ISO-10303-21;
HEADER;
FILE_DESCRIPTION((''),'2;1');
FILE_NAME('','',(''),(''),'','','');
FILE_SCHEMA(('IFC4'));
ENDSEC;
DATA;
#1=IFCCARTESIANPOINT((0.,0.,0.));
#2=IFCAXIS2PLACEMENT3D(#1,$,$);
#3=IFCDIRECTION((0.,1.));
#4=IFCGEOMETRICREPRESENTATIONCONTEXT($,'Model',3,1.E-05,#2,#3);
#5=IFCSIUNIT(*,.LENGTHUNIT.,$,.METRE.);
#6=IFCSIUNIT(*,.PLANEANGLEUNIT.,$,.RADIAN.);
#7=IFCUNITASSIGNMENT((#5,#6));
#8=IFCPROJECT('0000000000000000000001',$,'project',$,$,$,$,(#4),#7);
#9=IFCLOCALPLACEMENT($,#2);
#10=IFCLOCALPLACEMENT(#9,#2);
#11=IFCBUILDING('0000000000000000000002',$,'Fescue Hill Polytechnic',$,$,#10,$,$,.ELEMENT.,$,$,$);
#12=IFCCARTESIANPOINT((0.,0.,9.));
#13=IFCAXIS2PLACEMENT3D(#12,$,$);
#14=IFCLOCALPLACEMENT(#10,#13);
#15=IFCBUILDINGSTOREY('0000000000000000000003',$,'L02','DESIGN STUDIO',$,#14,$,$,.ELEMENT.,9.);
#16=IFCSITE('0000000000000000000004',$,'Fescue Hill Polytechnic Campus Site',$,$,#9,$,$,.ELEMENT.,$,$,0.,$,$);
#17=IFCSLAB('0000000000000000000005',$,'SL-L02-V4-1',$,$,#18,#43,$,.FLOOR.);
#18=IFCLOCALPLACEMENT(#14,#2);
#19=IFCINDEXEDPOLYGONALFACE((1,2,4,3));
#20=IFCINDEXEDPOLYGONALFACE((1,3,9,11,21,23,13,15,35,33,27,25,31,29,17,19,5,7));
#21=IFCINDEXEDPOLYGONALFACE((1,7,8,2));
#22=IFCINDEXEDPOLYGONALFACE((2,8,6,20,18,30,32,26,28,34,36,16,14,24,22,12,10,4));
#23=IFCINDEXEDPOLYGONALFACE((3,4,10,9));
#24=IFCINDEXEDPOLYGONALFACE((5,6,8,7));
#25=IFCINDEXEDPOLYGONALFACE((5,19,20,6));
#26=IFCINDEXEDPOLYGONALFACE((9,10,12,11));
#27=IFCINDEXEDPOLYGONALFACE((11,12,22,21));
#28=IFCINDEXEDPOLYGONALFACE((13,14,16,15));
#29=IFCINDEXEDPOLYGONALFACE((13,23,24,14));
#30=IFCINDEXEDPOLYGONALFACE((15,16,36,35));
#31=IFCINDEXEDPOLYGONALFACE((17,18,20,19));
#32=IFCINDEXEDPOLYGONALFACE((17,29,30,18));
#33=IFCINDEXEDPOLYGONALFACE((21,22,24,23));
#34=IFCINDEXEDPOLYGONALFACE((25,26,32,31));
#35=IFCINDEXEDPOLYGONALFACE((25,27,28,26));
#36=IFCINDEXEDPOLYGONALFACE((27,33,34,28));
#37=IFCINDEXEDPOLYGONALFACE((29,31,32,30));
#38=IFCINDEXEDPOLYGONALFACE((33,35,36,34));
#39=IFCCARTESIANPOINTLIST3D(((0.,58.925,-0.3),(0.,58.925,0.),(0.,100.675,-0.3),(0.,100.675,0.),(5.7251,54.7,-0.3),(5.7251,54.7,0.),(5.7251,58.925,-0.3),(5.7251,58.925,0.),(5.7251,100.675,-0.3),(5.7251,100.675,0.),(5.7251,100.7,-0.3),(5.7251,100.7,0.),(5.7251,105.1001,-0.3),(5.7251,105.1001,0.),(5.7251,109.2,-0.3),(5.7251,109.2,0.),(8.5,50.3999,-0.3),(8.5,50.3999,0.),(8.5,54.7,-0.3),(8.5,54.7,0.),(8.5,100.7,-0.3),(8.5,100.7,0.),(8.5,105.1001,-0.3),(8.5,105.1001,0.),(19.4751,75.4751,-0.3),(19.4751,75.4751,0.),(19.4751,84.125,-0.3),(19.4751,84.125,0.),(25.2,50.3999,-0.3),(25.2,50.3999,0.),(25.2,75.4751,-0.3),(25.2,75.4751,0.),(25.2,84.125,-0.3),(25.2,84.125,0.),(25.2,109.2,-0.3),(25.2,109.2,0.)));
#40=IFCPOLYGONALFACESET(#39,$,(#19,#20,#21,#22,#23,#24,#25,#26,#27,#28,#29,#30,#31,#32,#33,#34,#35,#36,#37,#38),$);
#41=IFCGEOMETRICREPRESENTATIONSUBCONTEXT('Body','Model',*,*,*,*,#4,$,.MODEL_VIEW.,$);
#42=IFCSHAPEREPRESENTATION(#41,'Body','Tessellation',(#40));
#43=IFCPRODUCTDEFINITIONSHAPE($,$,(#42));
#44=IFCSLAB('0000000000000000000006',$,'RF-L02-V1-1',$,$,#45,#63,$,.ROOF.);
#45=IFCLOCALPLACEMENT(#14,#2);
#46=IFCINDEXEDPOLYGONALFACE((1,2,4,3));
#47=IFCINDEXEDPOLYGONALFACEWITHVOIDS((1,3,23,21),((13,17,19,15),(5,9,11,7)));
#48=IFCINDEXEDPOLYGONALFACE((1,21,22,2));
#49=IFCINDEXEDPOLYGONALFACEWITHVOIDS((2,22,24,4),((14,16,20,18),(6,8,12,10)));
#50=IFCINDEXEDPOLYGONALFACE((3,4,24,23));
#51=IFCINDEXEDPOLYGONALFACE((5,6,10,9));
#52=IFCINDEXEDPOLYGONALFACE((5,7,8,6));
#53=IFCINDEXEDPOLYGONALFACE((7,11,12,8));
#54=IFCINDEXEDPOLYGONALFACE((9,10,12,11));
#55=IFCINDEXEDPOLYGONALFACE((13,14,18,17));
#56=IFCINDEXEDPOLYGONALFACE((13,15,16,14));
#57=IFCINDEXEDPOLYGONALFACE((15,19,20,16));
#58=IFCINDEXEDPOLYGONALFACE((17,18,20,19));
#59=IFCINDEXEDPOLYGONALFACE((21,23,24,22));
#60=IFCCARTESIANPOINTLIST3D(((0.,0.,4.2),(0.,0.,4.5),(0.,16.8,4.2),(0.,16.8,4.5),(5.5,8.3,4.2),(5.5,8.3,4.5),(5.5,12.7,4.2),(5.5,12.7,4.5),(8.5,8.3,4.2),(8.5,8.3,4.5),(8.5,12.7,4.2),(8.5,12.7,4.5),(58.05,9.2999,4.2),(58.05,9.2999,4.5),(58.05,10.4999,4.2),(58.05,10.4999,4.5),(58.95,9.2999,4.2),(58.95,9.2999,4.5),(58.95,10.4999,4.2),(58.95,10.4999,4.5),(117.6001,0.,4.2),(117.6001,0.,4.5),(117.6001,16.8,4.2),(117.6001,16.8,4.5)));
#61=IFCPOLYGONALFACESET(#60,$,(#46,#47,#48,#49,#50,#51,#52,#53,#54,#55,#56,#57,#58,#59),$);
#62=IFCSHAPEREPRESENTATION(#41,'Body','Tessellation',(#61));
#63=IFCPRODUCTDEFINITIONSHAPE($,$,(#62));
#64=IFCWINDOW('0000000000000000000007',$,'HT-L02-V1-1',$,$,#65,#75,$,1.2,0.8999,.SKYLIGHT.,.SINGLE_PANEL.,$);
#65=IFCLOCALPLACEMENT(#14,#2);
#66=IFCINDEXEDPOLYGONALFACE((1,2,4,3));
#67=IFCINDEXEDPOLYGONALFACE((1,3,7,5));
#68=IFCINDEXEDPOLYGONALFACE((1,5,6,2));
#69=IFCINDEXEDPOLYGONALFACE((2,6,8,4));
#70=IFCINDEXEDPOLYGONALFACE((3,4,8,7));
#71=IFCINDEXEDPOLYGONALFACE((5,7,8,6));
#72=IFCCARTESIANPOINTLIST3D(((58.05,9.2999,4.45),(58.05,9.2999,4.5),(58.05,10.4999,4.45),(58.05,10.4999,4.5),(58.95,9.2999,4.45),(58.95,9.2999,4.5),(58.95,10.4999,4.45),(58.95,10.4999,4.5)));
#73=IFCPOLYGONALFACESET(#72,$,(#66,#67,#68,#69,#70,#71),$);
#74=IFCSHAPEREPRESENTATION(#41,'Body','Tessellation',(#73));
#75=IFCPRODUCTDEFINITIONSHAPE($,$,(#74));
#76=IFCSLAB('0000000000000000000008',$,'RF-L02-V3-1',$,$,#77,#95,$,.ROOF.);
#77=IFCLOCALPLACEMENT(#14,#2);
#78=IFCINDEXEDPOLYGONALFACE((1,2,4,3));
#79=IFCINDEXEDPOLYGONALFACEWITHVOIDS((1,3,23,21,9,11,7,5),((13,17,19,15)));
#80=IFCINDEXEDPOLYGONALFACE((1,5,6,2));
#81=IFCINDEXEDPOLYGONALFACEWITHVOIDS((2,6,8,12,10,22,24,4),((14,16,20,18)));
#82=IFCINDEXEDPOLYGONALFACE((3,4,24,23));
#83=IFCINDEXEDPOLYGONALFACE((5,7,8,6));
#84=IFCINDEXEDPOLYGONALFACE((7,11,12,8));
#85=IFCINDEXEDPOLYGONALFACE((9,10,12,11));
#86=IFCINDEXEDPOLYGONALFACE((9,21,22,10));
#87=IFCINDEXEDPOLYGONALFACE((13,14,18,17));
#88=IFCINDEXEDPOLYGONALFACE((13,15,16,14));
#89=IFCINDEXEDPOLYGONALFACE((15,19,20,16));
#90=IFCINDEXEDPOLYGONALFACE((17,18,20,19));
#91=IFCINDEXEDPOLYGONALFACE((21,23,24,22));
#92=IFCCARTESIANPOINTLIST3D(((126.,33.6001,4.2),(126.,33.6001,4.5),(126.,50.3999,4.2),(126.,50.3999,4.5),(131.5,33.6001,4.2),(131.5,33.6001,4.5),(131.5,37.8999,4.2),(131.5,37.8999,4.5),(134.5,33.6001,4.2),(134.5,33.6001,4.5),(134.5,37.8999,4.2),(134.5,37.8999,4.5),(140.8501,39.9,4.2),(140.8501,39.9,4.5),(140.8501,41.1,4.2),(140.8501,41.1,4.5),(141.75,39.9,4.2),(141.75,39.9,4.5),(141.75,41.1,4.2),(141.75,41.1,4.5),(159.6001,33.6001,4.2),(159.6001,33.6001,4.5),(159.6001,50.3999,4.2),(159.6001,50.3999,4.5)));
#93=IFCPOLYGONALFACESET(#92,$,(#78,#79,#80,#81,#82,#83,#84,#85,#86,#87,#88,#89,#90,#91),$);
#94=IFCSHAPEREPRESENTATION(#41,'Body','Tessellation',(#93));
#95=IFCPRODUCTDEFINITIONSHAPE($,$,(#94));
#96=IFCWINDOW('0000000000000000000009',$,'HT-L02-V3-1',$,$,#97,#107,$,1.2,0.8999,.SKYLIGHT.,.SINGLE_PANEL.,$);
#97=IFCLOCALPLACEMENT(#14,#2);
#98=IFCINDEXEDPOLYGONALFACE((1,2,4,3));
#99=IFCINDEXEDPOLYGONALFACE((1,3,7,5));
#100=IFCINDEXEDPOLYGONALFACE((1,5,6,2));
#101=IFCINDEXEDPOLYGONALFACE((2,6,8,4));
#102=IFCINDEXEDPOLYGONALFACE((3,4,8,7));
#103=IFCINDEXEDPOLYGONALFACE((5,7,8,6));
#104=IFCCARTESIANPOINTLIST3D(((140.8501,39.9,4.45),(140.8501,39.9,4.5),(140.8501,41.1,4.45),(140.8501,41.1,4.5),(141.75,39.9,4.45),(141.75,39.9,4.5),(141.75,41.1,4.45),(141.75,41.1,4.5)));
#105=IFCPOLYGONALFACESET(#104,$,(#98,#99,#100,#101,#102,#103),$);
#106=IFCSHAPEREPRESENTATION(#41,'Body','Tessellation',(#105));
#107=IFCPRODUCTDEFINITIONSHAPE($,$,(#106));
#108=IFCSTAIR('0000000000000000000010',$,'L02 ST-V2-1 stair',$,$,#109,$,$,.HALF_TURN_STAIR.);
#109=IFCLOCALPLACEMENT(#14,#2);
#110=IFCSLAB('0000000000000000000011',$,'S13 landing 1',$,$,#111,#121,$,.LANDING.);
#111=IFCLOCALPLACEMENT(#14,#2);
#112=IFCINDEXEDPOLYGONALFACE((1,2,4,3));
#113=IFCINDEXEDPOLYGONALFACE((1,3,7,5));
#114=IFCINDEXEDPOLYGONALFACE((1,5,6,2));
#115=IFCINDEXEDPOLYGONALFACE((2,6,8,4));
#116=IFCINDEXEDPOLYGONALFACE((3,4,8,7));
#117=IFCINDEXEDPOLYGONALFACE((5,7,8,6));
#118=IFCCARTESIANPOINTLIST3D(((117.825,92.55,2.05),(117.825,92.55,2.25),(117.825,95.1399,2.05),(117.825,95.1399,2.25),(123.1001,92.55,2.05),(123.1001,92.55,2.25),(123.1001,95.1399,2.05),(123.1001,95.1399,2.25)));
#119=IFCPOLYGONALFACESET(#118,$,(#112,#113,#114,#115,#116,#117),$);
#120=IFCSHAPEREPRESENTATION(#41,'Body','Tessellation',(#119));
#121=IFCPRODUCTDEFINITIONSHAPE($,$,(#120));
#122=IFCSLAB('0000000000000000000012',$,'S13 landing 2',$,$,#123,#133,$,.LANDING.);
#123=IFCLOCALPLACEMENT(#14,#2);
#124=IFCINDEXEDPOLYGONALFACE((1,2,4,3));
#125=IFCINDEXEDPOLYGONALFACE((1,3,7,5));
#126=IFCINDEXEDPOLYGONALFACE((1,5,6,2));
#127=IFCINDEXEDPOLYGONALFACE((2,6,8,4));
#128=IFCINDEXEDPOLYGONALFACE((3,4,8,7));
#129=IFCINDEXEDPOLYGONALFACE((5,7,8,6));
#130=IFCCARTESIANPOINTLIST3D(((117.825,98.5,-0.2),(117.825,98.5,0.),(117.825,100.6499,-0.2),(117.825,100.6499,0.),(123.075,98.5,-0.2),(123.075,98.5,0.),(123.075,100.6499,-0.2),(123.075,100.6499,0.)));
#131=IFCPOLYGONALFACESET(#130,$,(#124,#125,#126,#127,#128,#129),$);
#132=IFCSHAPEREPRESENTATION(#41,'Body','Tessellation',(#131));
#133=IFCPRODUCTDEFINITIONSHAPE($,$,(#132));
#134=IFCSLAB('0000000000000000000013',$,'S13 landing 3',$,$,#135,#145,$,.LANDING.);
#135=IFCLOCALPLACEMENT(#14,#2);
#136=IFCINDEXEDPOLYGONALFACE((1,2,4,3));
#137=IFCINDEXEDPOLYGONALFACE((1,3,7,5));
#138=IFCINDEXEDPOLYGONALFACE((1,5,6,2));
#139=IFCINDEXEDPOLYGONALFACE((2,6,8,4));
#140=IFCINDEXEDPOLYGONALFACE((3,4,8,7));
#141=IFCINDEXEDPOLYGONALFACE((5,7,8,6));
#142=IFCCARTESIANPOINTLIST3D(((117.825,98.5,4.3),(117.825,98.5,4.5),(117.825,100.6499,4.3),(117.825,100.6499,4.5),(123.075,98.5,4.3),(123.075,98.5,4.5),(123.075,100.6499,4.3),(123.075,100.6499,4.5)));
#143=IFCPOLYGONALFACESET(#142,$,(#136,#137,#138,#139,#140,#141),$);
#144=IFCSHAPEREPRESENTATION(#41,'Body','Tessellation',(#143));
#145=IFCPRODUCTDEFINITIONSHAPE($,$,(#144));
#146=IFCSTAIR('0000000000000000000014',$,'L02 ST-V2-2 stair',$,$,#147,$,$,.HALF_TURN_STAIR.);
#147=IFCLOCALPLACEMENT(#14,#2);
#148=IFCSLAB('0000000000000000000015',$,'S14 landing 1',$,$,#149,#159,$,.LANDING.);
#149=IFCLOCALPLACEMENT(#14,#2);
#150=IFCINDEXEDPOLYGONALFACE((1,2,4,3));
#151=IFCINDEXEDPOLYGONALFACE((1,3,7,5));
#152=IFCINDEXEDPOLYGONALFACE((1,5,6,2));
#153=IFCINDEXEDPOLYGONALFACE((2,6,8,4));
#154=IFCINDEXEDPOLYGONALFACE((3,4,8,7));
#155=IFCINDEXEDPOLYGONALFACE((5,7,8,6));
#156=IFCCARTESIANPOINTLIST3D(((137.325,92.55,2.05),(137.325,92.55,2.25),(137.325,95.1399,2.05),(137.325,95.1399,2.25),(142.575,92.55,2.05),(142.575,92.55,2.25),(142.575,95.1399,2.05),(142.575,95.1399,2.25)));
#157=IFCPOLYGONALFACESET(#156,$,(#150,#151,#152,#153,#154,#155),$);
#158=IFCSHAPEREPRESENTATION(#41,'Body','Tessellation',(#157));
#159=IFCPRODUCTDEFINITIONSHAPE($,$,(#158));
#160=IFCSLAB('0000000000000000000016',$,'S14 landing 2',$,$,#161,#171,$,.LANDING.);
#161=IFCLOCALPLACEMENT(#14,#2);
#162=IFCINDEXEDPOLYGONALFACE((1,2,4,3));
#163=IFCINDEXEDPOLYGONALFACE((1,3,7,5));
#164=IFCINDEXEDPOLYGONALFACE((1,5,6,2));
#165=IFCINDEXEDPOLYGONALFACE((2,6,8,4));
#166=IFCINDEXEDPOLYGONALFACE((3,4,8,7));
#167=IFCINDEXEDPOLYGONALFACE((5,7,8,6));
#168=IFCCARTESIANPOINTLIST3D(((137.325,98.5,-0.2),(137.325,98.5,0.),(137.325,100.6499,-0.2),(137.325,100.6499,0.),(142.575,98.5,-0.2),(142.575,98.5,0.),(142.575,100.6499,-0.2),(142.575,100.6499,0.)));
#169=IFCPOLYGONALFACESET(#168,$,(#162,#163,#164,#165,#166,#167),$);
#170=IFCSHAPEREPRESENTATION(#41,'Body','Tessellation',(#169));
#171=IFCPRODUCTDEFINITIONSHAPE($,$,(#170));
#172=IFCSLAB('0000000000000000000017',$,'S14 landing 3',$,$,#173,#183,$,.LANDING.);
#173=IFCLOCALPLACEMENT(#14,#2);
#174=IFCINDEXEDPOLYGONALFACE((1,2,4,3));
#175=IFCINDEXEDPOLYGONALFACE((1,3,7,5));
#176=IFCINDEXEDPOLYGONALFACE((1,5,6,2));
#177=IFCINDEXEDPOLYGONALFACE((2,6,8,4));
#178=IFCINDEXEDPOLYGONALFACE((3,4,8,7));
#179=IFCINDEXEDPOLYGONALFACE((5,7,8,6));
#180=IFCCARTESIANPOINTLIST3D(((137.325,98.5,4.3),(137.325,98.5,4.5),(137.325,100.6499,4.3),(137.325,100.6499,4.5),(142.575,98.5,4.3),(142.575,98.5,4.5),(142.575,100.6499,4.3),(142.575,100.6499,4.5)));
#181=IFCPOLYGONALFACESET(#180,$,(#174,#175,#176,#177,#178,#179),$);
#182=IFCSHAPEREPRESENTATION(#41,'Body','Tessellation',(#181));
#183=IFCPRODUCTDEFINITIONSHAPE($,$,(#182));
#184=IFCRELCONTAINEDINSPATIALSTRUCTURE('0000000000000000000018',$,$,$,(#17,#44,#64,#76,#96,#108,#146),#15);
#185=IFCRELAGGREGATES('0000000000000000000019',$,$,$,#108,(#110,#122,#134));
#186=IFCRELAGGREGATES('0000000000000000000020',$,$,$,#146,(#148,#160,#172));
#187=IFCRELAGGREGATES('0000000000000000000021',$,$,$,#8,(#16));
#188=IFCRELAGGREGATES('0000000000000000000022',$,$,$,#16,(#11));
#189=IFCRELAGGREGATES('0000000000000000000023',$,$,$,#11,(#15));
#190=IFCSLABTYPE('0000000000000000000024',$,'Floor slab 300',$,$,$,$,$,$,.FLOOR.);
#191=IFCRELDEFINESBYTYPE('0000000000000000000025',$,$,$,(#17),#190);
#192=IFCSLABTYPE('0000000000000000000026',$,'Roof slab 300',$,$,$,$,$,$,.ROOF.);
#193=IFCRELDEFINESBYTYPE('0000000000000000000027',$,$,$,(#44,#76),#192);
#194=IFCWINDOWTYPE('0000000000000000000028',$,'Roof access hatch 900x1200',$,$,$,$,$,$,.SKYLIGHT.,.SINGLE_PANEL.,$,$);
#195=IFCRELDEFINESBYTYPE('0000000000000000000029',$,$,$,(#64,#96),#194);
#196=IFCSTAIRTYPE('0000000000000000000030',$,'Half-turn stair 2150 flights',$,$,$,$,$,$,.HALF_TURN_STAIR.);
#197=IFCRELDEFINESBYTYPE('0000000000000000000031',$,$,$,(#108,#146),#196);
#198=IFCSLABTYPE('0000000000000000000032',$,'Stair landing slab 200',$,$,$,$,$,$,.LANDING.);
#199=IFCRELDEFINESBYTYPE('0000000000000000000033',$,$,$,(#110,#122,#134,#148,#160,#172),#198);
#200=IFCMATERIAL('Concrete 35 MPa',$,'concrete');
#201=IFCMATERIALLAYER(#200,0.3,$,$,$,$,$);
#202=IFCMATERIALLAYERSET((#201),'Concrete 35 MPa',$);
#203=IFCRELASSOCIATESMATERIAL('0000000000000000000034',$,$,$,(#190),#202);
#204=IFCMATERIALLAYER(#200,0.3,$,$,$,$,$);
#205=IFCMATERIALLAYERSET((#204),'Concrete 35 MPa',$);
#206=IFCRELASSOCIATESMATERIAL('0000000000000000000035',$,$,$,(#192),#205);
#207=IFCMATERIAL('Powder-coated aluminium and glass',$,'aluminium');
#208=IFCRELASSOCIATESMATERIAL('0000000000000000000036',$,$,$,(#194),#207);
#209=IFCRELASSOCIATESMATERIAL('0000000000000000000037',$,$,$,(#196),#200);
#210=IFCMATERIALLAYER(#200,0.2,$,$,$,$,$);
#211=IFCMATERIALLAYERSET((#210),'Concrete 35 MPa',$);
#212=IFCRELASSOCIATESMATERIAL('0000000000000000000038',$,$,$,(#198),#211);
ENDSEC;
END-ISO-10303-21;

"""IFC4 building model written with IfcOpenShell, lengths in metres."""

from ifc_helpers import new_model, si_unit, direction, frame, origin, origin_2d, place, context, subcontext, project, spatial, polyline, rectangle, outline, extrude, material, layer, layer_set, type_object, element, fill, aggregate, save


model = new_model("IFC4")

# Units and contexts
model_context = context("Model", 3, precision=1e-05, world=origin(), true_north=direction((0.0, 1.0)))
body_context = subcontext(model_context, "Body", "Model", "MODEL_VIEW")
ifc_project = project(units=[si_unit("LENGTHUNIT", "METRE"), si_unit("PLANEANGLEUNIT", "RADIAN")], contexts=[model_context])

# Site, building, storey
site_placement = place(None, origin())
site = spatial("IfcSite", under=ifc_project, at=site_placement, Name="Fescue Hill Polytechnic Campus Site", CompositionType="ELEMENT", RefElevation=0.0)
building_placement = place(site_placement, origin())
building = spatial("IfcBuilding", under=site, at=building_placement, Name="Fescue Hill Polytechnic", CompositionType="ELEMENT")
storey_placement = place(building_placement, frame((0.0, 0.0, 9.0)))
storey = spatial("IfcBuildingStorey", under=building, at=storey_placement, Name="L02", Description="DESIGN STUDIO", CompositionType="ELEMENT", Elevation=9.0)

# Shared definitions
ifc_material_1 = material(Name="Concrete 35 MPa", Category="concrete")

# Slab
ifc_layer_1 = layer(ifc_material_1, 0.3)
ifc_layer_set_1 = layer_set([ifc_layer_1], Name="Concrete 35 MPa")
slab_type_1 = type_object("IfcSlabType", Name="Floor slab 300", PredefinedType="FLOOR", material=ifc_layer_set_1)
slab_1_placement = place(storey_placement, frame((0.0, 0.0, -0.3)))
element("IfcSlab", 1, at=slab_1_placement, inside=storey, type_object=slab_type_1, Name="SL-L02-V4-1", PredefinedType="FLOOR", context=body_context, shape_type="SweptSolid", body=[
    extrude(outline(polyline([(25.2, 50.3999), (8.5, 50.3999), (8.5, 54.7), (5.7251, 54.7), (5.7251, 58.925), (0.0, 58.925), (0.0, 100.675), (5.7251, 100.675), (5.7251, 100.7), (8.5, 100.7), (8.5, 105.1001), (5.7251, 105.1001), (5.7251, 109.2), (25.2, 109.2), (25.2, 84.125), (19.4751, 84.125), (19.4751, 75.4751), (25.2, 75.4751), (25.2, 50.3999)])), origin(), (0.0, 0.0, 1.0), 0.3),
])

# Slabs, openings, windows
ifc_layer_2 = layer(ifc_material_1, 0.3)
ifc_layer_set_2 = layer_set([ifc_layer_2], Name="Concrete 35 MPa")
slab_type_2 = type_object("IfcSlabType", Name="Roof slab 300", PredefinedType="ROOF", material=ifc_layer_set_2)
slab_2_placement = place(storey_placement, frame((0.0, 0.0, 4.2)))
slab_2 = element("IfcSlab", 2, at=slab_2_placement, inside=storey, type_object=slab_type_2, Name="RF-L02-V1-1", PredefinedType="ROOF", context=body_context, shape_type="SweptSolid", body=[
    extrude(outline(polyline([(117.6001, 16.8), (117.6001, 0.0), (0.0, 0.0), (0.0, 16.8), (117.6001, 16.8)]), holes=[polyline([(8.5, 12.7), (5.5, 12.7), (5.5, 8.3), (8.5, 8.3), (8.5, 12.7)])]), origin(), (0.0, 0.0, 1.0), 0.3),
])
opening_1_placement = place(slab_2_placement, frame((58.5, 9.8999, 0.0)))
opening_1 = element("IfcOpeningElement", 3, at=opening_1_placement, cuts=slab_2, PredefinedType="OPENING", context=body_context, shape_type="SweptSolid", body=[
    extrude(rectangle(XDim=0.8999, YDim=1.2, at=origin_2d()), frame((0.0, 0.0, -0.01)), (0.0, 0.0, 1.0), 0.3201),
])
ifc_material_2 = material(Name="Powder-coated aluminium and glass", Category="aluminium")
window_type = type_object("IfcWindowType", Name="Roof access hatch 900x1200", PartitioningType="SINGLE_PANEL", PredefinedType="SKYLIGHT", material=ifc_material_2)
window_1_placement = place(opening_1_placement, frame((0.0, 0.0, 0.25)))
window_1 = element("IfcWindow", 4, at=window_1_placement, inside=storey, type_object=window_type, Name="HT-L02-V1-1", OverallHeight=1.2, OverallWidth=0.8999, PartitioningType="SINGLE_PANEL", PredefinedType="SKYLIGHT", context=body_context, shape_type="SweptSolid", body=[
    extrude(rectangle(XDim=0.8999, YDim=1.2, at=origin_2d()), origin(), (0.0, 0.0, 1.0), 0.05),
])
fill(opening_1, window_1)
slab_3_placement = place(storey_placement, frame((0.0, 0.0, 4.2)))
slab_3 = element("IfcSlab", 5, at=slab_3_placement, inside=storey, type_object=slab_type_2, Name="RF-L02-V3-1", PredefinedType="ROOF", context=body_context, shape_type="SweptSolid", body=[
    extrude(outline(polyline([(159.6001, 50.3999), (159.6001, 33.6001), (134.5, 33.6001), (134.5, 37.8999), (131.5, 37.8999), (131.5, 33.6001), (126.0, 33.6001), (126.0, 50.3999), (159.6001, 50.3999)])), origin(), (0.0, 0.0, 1.0), 0.3),
])
opening_2_placement = place(slab_3_placement, frame((141.3, 40.5, 0.0)))
opening_2 = element("IfcOpeningElement", 6, at=opening_2_placement, cuts=slab_3, PredefinedType="OPENING", context=body_context, shape_type="SweptSolid", body=[
    extrude(rectangle(XDim=0.8999, YDim=1.2, at=origin_2d()), frame((0.0, 0.0, -0.01)), (0.0, 0.0, 1.0), 0.3201),
])
window_2_placement = place(opening_2_placement, frame((0.0, 0.0, 0.25)))
window_2 = element("IfcWindow", 7, at=window_2_placement, inside=storey, type_object=window_type, Name="HT-L02-V3-1", OverallHeight=1.2, OverallWidth=0.8999, PartitioningType="SINGLE_PANEL", PredefinedType="SKYLIGHT", context=body_context, shape_type="SweptSolid", body=[
    extrude(rectangle(XDim=0.8999, YDim=1.2, at=origin_2d()), origin(), (0.0, 0.0, 1.0), 0.05),
])
fill(opening_2, window_2)

# Stairs, slabs
stair_type = type_object("IfcStairType", Name="Half-turn stair 2150 flights", PredefinedType="HALF_TURN_STAIR", material=ifc_material_1)
stair_1_placement = place(storey_placement, origin())
stair_1 = element("IfcStair", 8, at=stair_1_placement, inside=storey, type_object=stair_type, Name="L02 ST-V2-1 stair", PredefinedType="HALF_TURN_STAIR")
ifc_layer_3 = layer(ifc_material_1, 0.2)
ifc_layer_set_3 = layer_set([ifc_layer_3], Name="Concrete 35 MPa")
slab_type_3 = type_object("IfcSlabType", Name="Stair landing slab 200", PredefinedType="LANDING", material=ifc_layer_set_3)
slab_4_placement = place(storey_placement, frame((0.0, 0.0, 2.05)))
slab_4 = element("IfcSlab", 9, at=slab_4_placement, type_object=slab_type_3, Name="S13 landing 1", PredefinedType="LANDING", context=body_context, shape_type="SweptSolid", body=[
    extrude(outline(polyline([(117.825, 92.55), (123.1001, 92.55), (123.1001, 95.1399), (117.825, 95.1399), (117.825, 92.55)])), origin(), (0.0, 0.0, 1.0), 0.2),
])
slab_5_placement = place(storey_placement, frame((0.0, 0.0, -0.2)))
slab_5 = element("IfcSlab", 10, at=slab_5_placement, type_object=slab_type_3, Name="S13 landing 2", PredefinedType="LANDING", context=body_context, shape_type="SweptSolid", body=[
    extrude(outline(polyline([(117.825, 98.5), (123.075, 98.5), (123.075, 100.6499), (117.825, 100.6499), (117.825, 98.5)])), origin(), (0.0, 0.0, 1.0), 0.2),
])
slab_6_placement = place(storey_placement, frame((0.0, 0.0, 4.3)))
slab_6 = element("IfcSlab", 11, at=slab_6_placement, type_object=slab_type_3, Name="S13 landing 3", PredefinedType="LANDING", context=body_context, shape_type="SweptSolid", body=[
    extrude(outline(polyline([(117.825, 98.5), (123.075, 98.5), (123.075, 100.6499), (117.825, 100.6499), (117.825, 98.5)])), origin(), (0.0, 0.0, 1.0), 0.2),
])
aggregate(stair_1, [slab_4, slab_5, slab_6])
stair_2_placement = place(storey_placement, origin())
stair_2 = element("IfcStair", 12, at=stair_2_placement, inside=storey, type_object=stair_type, Name="L02 ST-V2-2 stair", PredefinedType="HALF_TURN_STAIR")
slab_7_placement = place(storey_placement, frame((0.0, 0.0, 2.05)))
slab_7 = element("IfcSlab", 13, at=slab_7_placement, type_object=slab_type_3, Name="S14 landing 1", PredefinedType="LANDING", context=body_context, shape_type="SweptSolid", body=[
    extrude(outline(polyline([(137.325, 92.55), (142.575, 92.55), (142.575, 95.1399), (137.325, 95.1399), (137.325, 92.55)])), origin(), (0.0, 0.0, 1.0), 0.2),
])
slab_8_placement = place(storey_placement, frame((0.0, 0.0, -0.2)))
slab_8 = element("IfcSlab", 14, at=slab_8_placement, type_object=slab_type_3, Name="S14 landing 2", PredefinedType="LANDING", context=body_context, shape_type="SweptSolid", body=[
    extrude(outline(polyline([(137.325, 98.5), (142.575, 98.5), (142.575, 100.6499), (137.325, 100.6499), (137.325, 98.5)])), origin(), (0.0, 0.0, 1.0), 0.2),
])
slab_9_placement = place(storey_placement, frame((0.0, 0.0, 4.3)))
slab_9 = element("IfcSlab", 15, at=slab_9_placement, type_object=slab_type_3, Name="S14 landing 3", PredefinedType="LANDING", context=body_context, shape_type="SweptSolid", body=[
    extrude(outline(polyline([(137.325, 98.5), (142.575, 98.5), (142.575, 100.6499), (137.325, 100.6499), (137.325, 98.5)])), origin(), (0.0, 0.0, 1.0), 0.2),
])
aggregate(stair_2, [slab_7, slab_8, slab_9])

save(model, "model.ifc")
